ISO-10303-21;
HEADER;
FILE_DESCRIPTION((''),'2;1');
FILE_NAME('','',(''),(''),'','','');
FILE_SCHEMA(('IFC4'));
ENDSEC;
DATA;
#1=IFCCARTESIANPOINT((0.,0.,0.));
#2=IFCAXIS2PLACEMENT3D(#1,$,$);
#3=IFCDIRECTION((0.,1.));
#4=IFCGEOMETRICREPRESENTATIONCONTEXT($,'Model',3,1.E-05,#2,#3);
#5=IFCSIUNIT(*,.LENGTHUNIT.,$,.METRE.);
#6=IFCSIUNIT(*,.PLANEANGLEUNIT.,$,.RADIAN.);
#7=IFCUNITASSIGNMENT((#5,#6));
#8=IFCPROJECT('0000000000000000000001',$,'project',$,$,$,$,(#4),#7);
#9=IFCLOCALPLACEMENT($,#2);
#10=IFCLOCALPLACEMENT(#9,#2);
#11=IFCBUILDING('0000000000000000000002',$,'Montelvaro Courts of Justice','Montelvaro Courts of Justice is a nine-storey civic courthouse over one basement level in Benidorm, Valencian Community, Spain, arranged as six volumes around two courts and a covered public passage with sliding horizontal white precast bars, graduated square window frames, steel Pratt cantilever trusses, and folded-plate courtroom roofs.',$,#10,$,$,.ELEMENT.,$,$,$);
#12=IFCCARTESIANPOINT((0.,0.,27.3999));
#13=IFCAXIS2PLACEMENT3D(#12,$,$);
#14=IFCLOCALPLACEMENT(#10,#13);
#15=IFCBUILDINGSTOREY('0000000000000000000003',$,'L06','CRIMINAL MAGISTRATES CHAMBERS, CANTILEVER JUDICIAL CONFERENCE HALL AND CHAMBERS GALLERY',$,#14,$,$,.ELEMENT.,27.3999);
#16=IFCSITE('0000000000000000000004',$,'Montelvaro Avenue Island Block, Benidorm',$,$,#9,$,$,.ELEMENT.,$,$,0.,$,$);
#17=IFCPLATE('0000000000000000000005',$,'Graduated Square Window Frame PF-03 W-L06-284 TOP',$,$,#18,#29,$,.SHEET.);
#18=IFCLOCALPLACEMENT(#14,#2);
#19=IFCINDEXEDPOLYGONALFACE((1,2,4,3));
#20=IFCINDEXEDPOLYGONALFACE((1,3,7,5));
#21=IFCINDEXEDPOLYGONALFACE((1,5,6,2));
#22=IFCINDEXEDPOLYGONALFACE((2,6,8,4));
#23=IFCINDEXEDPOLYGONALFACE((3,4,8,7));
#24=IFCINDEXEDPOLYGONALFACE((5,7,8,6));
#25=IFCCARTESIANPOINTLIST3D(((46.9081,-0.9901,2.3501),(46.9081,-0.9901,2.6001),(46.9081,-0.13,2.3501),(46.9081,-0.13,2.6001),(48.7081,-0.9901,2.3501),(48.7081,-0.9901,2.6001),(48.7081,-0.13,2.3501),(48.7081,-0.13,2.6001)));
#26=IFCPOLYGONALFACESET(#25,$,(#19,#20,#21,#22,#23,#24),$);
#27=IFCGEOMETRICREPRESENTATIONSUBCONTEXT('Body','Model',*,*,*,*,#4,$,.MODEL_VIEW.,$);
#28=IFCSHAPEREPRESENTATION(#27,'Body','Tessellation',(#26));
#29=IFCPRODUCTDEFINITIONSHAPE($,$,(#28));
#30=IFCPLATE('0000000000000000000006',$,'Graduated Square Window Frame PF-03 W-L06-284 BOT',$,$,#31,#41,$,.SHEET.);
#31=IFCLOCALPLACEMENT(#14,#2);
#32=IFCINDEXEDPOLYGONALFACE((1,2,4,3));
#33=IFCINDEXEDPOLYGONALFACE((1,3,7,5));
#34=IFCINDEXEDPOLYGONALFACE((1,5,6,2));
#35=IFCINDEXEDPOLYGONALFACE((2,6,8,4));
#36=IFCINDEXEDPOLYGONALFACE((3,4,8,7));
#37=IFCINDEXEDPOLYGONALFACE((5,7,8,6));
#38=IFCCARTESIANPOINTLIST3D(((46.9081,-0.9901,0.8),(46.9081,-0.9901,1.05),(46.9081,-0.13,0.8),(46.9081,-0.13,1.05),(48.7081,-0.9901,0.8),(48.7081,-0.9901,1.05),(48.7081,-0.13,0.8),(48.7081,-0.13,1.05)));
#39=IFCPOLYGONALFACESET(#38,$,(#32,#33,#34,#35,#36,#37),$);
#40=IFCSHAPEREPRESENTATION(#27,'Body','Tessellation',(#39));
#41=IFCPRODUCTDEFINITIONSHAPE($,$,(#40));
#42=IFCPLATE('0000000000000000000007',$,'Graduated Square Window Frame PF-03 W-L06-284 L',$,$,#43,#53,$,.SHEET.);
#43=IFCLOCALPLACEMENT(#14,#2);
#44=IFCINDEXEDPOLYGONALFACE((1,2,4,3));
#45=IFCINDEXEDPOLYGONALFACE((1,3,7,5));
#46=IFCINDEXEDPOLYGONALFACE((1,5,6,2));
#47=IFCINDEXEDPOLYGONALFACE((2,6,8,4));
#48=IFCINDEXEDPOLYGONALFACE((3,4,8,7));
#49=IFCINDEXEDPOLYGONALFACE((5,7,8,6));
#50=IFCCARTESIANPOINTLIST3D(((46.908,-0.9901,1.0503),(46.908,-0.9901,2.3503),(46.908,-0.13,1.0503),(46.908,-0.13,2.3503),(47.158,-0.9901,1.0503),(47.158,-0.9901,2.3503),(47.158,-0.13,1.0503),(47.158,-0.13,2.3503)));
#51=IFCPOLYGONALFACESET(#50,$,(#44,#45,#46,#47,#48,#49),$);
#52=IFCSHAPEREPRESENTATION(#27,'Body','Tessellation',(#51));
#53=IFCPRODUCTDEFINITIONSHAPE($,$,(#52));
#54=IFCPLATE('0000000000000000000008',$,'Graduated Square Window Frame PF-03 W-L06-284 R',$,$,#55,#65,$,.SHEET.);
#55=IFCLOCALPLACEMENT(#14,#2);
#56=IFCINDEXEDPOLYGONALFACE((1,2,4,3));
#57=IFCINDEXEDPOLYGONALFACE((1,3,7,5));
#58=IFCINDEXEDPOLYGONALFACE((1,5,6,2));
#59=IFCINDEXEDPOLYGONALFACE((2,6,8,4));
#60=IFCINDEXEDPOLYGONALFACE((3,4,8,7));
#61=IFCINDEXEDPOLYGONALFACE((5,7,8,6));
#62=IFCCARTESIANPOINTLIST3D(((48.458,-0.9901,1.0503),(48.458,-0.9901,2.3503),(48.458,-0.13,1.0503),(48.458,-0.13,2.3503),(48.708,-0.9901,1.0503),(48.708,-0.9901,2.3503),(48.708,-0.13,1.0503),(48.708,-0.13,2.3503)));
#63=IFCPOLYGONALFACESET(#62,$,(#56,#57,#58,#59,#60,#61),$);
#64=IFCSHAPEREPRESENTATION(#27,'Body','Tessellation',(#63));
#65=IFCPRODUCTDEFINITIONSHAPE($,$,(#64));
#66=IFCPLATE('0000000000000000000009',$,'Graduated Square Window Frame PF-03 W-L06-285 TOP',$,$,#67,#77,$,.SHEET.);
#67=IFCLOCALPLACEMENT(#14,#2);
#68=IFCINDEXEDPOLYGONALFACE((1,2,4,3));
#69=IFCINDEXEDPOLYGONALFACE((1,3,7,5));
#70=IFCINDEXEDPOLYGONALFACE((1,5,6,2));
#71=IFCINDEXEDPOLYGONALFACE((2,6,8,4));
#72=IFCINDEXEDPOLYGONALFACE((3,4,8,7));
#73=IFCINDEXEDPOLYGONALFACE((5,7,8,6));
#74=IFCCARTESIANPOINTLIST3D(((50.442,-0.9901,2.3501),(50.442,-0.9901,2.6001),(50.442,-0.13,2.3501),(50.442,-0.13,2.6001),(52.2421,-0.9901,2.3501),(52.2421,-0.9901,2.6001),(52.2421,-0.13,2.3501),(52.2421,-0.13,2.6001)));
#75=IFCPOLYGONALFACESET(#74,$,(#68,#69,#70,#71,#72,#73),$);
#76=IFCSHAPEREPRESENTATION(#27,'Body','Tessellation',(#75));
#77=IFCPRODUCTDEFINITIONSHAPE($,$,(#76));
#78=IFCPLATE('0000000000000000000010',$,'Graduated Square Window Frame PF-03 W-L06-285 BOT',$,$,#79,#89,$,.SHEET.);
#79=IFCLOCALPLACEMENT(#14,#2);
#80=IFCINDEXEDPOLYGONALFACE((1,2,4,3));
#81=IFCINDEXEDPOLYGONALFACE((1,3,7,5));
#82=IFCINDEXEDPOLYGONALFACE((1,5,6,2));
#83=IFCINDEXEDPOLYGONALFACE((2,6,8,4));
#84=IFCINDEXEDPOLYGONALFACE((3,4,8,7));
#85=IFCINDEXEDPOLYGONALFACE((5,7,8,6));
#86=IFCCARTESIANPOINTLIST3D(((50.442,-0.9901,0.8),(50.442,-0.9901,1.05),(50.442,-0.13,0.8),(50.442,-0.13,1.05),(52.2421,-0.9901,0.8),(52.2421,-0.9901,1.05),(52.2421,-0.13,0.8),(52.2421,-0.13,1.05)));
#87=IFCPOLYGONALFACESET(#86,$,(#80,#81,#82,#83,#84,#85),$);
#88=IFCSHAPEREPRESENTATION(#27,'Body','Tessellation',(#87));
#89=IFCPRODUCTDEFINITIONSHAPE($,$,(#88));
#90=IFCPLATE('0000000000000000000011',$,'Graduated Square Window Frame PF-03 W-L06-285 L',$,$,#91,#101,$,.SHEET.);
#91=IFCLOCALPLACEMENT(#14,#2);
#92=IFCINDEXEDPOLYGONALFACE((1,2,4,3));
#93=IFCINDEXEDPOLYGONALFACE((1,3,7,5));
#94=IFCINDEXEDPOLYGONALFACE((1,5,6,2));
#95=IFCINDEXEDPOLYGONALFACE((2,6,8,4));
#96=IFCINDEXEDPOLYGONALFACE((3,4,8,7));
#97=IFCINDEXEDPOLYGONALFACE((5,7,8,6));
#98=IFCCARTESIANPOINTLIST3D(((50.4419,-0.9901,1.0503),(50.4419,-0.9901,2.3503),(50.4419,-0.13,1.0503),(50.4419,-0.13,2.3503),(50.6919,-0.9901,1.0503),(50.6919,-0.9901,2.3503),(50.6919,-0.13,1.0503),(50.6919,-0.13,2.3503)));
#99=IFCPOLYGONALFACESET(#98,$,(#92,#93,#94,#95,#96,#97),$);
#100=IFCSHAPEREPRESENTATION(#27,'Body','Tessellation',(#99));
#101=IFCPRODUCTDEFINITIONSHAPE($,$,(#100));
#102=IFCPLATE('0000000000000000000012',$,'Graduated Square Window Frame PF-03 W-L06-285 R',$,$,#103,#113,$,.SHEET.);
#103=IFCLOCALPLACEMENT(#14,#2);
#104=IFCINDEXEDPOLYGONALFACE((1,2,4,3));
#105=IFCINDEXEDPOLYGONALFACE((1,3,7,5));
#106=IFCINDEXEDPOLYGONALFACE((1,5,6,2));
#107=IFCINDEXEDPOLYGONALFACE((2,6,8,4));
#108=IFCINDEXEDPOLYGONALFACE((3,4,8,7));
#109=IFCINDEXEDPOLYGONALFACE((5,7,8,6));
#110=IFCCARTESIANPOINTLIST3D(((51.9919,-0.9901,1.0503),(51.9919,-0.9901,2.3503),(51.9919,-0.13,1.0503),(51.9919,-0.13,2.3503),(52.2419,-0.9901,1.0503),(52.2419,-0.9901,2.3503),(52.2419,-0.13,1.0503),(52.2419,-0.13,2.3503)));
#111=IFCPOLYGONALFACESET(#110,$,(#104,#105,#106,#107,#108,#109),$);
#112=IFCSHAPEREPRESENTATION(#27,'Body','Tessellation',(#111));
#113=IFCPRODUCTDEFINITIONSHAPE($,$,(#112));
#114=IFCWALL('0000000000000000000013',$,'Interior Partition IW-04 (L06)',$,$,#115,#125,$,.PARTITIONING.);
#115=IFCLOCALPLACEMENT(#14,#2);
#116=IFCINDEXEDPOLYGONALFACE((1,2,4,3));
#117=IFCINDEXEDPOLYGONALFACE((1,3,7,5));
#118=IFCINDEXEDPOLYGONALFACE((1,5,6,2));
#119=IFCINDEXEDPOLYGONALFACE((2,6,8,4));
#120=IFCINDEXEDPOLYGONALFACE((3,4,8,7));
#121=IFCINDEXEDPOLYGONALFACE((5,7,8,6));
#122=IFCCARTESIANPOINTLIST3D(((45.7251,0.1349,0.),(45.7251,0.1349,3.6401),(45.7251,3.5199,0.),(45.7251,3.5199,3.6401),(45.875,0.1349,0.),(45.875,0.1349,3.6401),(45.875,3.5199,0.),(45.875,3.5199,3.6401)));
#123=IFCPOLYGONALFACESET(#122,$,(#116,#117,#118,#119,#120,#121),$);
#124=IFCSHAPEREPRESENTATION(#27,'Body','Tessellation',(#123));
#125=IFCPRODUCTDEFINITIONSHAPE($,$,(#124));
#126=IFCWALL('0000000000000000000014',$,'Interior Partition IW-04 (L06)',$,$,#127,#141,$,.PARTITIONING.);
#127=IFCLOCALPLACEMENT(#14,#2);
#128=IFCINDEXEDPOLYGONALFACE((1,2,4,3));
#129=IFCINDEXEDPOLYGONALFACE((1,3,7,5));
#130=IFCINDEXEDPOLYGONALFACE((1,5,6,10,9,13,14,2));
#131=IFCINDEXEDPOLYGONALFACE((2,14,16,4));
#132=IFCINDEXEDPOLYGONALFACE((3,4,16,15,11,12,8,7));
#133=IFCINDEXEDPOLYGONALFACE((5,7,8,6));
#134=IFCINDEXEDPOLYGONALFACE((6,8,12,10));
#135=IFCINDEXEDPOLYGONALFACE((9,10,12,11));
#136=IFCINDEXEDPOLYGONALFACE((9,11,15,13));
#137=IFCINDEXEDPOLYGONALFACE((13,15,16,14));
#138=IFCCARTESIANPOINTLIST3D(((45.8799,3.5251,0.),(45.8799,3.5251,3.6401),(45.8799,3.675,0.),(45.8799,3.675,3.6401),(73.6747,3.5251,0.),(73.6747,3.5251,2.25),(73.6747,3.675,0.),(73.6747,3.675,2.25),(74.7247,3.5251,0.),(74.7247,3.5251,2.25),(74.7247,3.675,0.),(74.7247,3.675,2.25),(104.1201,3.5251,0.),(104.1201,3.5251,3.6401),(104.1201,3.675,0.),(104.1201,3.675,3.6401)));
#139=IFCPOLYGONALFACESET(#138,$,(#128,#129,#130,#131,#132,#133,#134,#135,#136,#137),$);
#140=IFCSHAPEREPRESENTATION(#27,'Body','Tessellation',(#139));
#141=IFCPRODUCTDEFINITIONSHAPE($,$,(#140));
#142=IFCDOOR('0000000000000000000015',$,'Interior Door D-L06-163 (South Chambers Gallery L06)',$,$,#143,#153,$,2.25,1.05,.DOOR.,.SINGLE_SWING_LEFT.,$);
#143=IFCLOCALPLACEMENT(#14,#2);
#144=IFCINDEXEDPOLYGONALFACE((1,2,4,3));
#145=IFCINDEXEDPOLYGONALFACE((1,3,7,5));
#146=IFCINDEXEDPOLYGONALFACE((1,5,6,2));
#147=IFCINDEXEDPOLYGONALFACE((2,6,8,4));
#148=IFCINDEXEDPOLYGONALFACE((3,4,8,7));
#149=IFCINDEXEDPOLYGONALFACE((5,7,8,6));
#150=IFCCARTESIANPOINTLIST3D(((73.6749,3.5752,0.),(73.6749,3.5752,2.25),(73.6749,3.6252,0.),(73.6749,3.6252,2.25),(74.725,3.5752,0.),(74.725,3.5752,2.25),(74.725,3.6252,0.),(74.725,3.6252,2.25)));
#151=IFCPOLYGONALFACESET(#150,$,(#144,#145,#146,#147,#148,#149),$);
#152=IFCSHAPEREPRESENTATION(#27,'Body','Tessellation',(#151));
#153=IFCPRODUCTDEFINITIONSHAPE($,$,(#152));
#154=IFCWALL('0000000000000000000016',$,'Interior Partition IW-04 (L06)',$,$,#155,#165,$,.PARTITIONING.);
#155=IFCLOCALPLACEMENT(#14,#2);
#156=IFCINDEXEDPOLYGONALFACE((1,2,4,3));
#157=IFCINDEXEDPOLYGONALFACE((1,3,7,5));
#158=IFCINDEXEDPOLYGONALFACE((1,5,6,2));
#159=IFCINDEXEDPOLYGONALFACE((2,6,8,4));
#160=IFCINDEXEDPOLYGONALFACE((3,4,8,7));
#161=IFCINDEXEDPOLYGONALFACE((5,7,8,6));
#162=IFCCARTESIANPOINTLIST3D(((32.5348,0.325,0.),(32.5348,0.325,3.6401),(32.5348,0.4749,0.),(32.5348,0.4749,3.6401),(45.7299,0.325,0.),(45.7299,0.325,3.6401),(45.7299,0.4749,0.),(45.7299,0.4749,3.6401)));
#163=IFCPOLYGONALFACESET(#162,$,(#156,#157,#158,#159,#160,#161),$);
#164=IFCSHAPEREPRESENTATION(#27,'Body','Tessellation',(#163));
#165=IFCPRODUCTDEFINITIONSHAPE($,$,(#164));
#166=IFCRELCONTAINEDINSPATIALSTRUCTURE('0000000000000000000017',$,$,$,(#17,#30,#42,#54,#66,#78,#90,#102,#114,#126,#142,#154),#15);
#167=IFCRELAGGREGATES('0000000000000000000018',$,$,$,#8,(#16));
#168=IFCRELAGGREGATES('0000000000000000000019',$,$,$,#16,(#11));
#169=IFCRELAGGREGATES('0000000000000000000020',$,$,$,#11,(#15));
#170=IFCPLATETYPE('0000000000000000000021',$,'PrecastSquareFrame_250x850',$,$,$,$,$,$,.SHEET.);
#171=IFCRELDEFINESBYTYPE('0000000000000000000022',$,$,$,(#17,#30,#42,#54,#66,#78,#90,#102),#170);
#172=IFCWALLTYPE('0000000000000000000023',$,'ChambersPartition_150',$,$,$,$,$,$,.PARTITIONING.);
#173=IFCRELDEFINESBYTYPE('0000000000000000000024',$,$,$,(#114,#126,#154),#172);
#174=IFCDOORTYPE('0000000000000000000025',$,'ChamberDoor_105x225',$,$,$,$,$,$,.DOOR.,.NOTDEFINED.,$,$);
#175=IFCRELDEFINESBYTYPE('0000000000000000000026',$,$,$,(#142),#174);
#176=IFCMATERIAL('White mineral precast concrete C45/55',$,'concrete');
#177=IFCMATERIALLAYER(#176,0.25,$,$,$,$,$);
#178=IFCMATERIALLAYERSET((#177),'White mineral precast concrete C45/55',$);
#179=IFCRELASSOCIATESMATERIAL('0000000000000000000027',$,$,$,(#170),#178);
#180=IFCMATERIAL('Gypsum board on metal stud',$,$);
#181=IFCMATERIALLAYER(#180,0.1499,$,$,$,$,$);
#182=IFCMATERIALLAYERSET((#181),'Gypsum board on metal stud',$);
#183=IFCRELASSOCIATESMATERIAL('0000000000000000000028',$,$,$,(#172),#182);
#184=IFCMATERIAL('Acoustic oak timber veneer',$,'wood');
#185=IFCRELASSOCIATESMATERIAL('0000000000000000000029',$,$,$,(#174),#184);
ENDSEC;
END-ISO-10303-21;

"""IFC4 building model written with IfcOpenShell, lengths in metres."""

from ifc_helpers import new_model, si_unit, direction, frame, frame_2d, origin, origin_2d, place, context, subcontext, project, spatial, rectangle, extrude, material, layer, layer_set, type_object, element, fill, save


model = new_model("IFC4")

# Units and contexts
model_context = context("Model", 3, precision=1e-05, world=origin(), true_north=direction((0.0, 1.0)))
body_context = subcontext(model_context, "Body", "Model", "MODEL_VIEW")
ifc_project = project(units=[si_unit("LENGTHUNIT", "METRE"), si_unit("PLANEANGLEUNIT", "RADIAN")], contexts=[model_context])

# Site, building, storey
site_placement = place(None, origin())
site = spatial("IfcSite", under=ifc_project, at=site_placement, Name="Montelvaro Avenue Island Block, Benidorm", CompositionType="ELEMENT", RefElevation=0.0)
building_placement = place(site_placement, origin())
building = spatial("IfcBuilding", under=site, at=building_placement, Name="Montelvaro Courts of Justice", Description="Montelvaro Courts of Justice is a nine-storey civic courthouse over one basement level in Benidorm, Valencian Community, Spain, arranged as six volumes around two courts and a covered public passage with sliding horizontal white precast bars, graduated square window frames, steel Pratt cantilever trusses, and folded-plate courtroom roofs.", CompositionType="ELEMENT")
storey_placement = place(building_placement, frame((0.0, 0.0, 27.3999)))
storey = spatial("IfcBuildingStorey", under=building, at=storey_placement, Name="L06", Description="CRIMINAL MAGISTRATES CHAMBERS, CANTILEVER JUDICIAL CONFERENCE HALL AND CHAMBERS GALLERY", CompositionType="ELEMENT", Elevation=27.3999)

# Plates
ifc_material_1 = material(Name="White mineral precast concrete C45/55", Category="concrete")
ifc_layer_1 = layer(ifc_material_1, 0.25)
ifc_layer_set_1 = layer_set([ifc_layer_1], Name="White mineral precast concrete C45/55")
plate_type_1 = type_object("IfcPlateType", Name="PrecastSquareFrame_250x850", PredefinedType="SHEET", material=ifc_layer_set_1)
for number, where, z_axis, x_axis, name in (
    (1, (47.8081, -0.5601, 2.3501), (0.0, 0.0, 1.0), (1.0, 0.0, 0.0), "Graduated Square Window Frame PF-03 W-L06-284 TOP"),
    (2, (47.8081, -0.5601, 0.8), (0.0, 0.0, 1.0), (1.0, 0.0, 0.0), "Graduated Square Window Frame PF-03 W-L06-284 BOT"),
):
    element("IfcPlate", number, at=place(storey_placement, frame(where, z_axis=z_axis, x_axis=x_axis)), inside=storey, type_object=plate_type_1, Name=name, PredefinedType="SHEET", context=body_context, shape_type="SweptSolid", body=[
        extrude(rectangle(XDim=1.8, YDim=0.8601, at=origin_2d()), origin(), (0.0, 0.0, 1.0), 0.25),
    ])
for number, where, z_axis, x_axis, name in (
    (3, (47.033, -0.5601, 1.0503), (0.0, 0.0, 1.0), (1.0, 0.0, 0.0), "Graduated Square Window Frame PF-03 W-L06-284 L"),
    (4, (48.583, -0.5601, 1.0503), (0.0, 0.0, 1.0), (1.0, 0.0, 0.0), "Graduated Square Window Frame PF-03 W-L06-284 R"),
):
    element("IfcPlate", number, at=place(storey_placement, frame(where, z_axis=z_axis, x_axis=x_axis)), inside=storey, type_object=plate_type_1, Name=name, PredefinedType="SHEET", context=body_context, shape_type="SweptSolid", body=[
        extrude(rectangle(XDim=0.25, YDim=0.8601, at=origin_2d()), origin(), (0.0, 0.0, 1.0), 1.3),
    ])
for number, where, z_axis, x_axis, name in (
    (5, (51.342, -0.5601, 2.3501), (0.0, 0.0, 1.0), (1.0, 0.0, 0.0), "Graduated Square Window Frame PF-03 W-L06-285 TOP"),
    (6, (51.342, -0.5601, 0.8), (0.0, 0.0, 1.0), (1.0, 0.0, 0.0), "Graduated Square Window Frame PF-03 W-L06-285 BOT"),
):
    element("IfcPlate", number, at=place(storey_placement, frame(where, z_axis=z_axis, x_axis=x_axis)), inside=storey, type_object=plate_type_1, Name=name, PredefinedType="SHEET", context=body_context, shape_type="SweptSolid", body=[
        extrude(rectangle(XDim=1.8, YDim=0.8601, at=origin_2d()), origin(), (0.0, 0.0, 1.0), 0.25),
    ])
for number, where, z_axis, x_axis, name in (
    (7, (50.5669, -0.5601, 1.0503), (0.0, 0.0, 1.0), (1.0, 0.0, 0.0), "Graduated Square Window Frame PF-03 W-L06-285 L"),
    (8, (52.1169, -0.5601, 1.0503), (0.0, 0.0, 1.0), (1.0, 0.0, 0.0), "Graduated Square Window Frame PF-03 W-L06-285 R"),
):
    element("IfcPlate", number, at=place(storey_placement, frame(where, z_axis=z_axis, x_axis=x_axis)), inside=storey, type_object=plate_type_1, Name=name, PredefinedType="SHEET", context=body_context, shape_type="SweptSolid", body=[
        extrude(rectangle(XDim=0.25, YDim=0.8601, at=origin_2d()), origin(), (0.0, 0.0, 1.0), 1.3),
    ])

# Wall
ifc_material_2 = material(Name="Gypsum board on metal stud")
ifc_layer_2 = layer(ifc_material_2, 0.1499)
ifc_layer_set_2 = layer_set([ifc_layer_2], Name="Gypsum board on metal stud")
wall_type_1 = type_object("IfcWallType", Name="ChambersPartition_150", PredefinedType="PARTITIONING", material=ifc_layer_set_2)
wall_1_placement = place(storey_placement, frame((45.8, 0.135, 0.0), z_axis=(0.0, 0.0, 1.0), x_axis=(0.0, 1.0, 0.0)))
element("IfcWall", 9, at=wall_1_placement, inside=storey, type_object=wall_type_1, Name="Interior Partition IW-04 (L06)", PredefinedType="PARTITIONING", context=body_context, shape_type="SweptSolid", body=[
    extrude(rectangle(XDim=3.385, YDim=0.1499, at=frame_2d((1.6924, 0.0))), origin(), (0.0, 0.0, 1.0), 3.6401),
])

# Wall, opening, door
wall_2_placement = place(storey_placement, frame((45.8799, 3.6001, 0.0), z_axis=(0.0, 0.0, 1.0), x_axis=(1.0, 0.0, 0.0)))
wall_2 = element("IfcWall", 10, at=wall_2_placement, inside=storey, type_object=wall_type_1, Name="Interior Partition IW-04 (L06)", PredefinedType="PARTITIONING", context=body_context, shape_type="SweptSolid", body=[
    extrude(rectangle(XDim=58.2402, YDim=0.1499, at=frame_2d((29.1201, 0.0))), origin(), (0.0, 0.0, 1.0), 3.6401),
])
opening_1_placement = place(wall_2_placement, frame((27.7949, 0.0, 0.0)))
opening_1 = element("IfcOpeningElement", 11, at=opening_1_placement, cuts=wall_2, PredefinedType="OPENING", context=body_context, shape_type="SweptSolid", body=[
    extrude(rectangle(XDim=1.05, YDim=2.25, at=frame_2d((0.5249, 1.125))), frame((0.0, 0.0898, 0.0), z_axis=(0.0, -1.0, 0.0), x_axis=(1.0, 0.0, 0.0)), (0.0, 0.0, 1.0), 0.1797),
])
ifc_material_3 = material(Name="Acoustic oak timber veneer", Category="wood")
door_type_1 = type_object("IfcDoorType", Name="ChamberDoor_105x225", OperationType="NOTDEFINED", PredefinedType="DOOR", material=ifc_material_3)
door_1_placement = place(opening_1_placement, frame((1.05, 0.0, 0.0), z_axis=(0.0, 0.0, 1.0), x_axis=(-1.0, 0.0, 0.0)))
door_1 = element("IfcDoor", 12, at=door_1_placement, inside=storey, type_object=door_type_1, Name="Interior Door D-L06-163 (South Chambers Gallery L06)", OperationType="SINGLE_SWING_LEFT", OverallHeight=2.25, OverallWidth=1.05, PredefinedType="DOOR", context=body_context, shape_type="SweptSolid", body=[
    extrude(rectangle(XDim=1.05, YDim=2.25, at=frame_2d((0.5249, 1.125))), frame((0.0, 0.0249, 0.0), z_axis=(0.0, -1.0, 0.0), x_axis=(1.0, 0.0, 0.0)), (0.0, 0.0, 1.0), 0.05),
])
fill(opening_1, door_1)

# Wall
wall_3_placement = place(storey_placement, frame((45.73, 0.3999, 0.0), z_axis=(0.0, 0.0, 1.0), x_axis=(-1.0, 0.0, 0.0)))
element("IfcWall", 13, at=wall_3_placement, inside=storey, type_object=wall_type_1, Name="Interior Partition IW-04 (L06)", PredefinedType="PARTITIONING", context=body_context, shape_type="SweptSolid", body=[
    extrude(rectangle(XDim=13.1951, YDim=0.1499, at=frame_2d((6.5977, 0.0))), origin(), (0.0, 0.0, 1.0), 3.6401),
])

save(model, "model.ifc")
